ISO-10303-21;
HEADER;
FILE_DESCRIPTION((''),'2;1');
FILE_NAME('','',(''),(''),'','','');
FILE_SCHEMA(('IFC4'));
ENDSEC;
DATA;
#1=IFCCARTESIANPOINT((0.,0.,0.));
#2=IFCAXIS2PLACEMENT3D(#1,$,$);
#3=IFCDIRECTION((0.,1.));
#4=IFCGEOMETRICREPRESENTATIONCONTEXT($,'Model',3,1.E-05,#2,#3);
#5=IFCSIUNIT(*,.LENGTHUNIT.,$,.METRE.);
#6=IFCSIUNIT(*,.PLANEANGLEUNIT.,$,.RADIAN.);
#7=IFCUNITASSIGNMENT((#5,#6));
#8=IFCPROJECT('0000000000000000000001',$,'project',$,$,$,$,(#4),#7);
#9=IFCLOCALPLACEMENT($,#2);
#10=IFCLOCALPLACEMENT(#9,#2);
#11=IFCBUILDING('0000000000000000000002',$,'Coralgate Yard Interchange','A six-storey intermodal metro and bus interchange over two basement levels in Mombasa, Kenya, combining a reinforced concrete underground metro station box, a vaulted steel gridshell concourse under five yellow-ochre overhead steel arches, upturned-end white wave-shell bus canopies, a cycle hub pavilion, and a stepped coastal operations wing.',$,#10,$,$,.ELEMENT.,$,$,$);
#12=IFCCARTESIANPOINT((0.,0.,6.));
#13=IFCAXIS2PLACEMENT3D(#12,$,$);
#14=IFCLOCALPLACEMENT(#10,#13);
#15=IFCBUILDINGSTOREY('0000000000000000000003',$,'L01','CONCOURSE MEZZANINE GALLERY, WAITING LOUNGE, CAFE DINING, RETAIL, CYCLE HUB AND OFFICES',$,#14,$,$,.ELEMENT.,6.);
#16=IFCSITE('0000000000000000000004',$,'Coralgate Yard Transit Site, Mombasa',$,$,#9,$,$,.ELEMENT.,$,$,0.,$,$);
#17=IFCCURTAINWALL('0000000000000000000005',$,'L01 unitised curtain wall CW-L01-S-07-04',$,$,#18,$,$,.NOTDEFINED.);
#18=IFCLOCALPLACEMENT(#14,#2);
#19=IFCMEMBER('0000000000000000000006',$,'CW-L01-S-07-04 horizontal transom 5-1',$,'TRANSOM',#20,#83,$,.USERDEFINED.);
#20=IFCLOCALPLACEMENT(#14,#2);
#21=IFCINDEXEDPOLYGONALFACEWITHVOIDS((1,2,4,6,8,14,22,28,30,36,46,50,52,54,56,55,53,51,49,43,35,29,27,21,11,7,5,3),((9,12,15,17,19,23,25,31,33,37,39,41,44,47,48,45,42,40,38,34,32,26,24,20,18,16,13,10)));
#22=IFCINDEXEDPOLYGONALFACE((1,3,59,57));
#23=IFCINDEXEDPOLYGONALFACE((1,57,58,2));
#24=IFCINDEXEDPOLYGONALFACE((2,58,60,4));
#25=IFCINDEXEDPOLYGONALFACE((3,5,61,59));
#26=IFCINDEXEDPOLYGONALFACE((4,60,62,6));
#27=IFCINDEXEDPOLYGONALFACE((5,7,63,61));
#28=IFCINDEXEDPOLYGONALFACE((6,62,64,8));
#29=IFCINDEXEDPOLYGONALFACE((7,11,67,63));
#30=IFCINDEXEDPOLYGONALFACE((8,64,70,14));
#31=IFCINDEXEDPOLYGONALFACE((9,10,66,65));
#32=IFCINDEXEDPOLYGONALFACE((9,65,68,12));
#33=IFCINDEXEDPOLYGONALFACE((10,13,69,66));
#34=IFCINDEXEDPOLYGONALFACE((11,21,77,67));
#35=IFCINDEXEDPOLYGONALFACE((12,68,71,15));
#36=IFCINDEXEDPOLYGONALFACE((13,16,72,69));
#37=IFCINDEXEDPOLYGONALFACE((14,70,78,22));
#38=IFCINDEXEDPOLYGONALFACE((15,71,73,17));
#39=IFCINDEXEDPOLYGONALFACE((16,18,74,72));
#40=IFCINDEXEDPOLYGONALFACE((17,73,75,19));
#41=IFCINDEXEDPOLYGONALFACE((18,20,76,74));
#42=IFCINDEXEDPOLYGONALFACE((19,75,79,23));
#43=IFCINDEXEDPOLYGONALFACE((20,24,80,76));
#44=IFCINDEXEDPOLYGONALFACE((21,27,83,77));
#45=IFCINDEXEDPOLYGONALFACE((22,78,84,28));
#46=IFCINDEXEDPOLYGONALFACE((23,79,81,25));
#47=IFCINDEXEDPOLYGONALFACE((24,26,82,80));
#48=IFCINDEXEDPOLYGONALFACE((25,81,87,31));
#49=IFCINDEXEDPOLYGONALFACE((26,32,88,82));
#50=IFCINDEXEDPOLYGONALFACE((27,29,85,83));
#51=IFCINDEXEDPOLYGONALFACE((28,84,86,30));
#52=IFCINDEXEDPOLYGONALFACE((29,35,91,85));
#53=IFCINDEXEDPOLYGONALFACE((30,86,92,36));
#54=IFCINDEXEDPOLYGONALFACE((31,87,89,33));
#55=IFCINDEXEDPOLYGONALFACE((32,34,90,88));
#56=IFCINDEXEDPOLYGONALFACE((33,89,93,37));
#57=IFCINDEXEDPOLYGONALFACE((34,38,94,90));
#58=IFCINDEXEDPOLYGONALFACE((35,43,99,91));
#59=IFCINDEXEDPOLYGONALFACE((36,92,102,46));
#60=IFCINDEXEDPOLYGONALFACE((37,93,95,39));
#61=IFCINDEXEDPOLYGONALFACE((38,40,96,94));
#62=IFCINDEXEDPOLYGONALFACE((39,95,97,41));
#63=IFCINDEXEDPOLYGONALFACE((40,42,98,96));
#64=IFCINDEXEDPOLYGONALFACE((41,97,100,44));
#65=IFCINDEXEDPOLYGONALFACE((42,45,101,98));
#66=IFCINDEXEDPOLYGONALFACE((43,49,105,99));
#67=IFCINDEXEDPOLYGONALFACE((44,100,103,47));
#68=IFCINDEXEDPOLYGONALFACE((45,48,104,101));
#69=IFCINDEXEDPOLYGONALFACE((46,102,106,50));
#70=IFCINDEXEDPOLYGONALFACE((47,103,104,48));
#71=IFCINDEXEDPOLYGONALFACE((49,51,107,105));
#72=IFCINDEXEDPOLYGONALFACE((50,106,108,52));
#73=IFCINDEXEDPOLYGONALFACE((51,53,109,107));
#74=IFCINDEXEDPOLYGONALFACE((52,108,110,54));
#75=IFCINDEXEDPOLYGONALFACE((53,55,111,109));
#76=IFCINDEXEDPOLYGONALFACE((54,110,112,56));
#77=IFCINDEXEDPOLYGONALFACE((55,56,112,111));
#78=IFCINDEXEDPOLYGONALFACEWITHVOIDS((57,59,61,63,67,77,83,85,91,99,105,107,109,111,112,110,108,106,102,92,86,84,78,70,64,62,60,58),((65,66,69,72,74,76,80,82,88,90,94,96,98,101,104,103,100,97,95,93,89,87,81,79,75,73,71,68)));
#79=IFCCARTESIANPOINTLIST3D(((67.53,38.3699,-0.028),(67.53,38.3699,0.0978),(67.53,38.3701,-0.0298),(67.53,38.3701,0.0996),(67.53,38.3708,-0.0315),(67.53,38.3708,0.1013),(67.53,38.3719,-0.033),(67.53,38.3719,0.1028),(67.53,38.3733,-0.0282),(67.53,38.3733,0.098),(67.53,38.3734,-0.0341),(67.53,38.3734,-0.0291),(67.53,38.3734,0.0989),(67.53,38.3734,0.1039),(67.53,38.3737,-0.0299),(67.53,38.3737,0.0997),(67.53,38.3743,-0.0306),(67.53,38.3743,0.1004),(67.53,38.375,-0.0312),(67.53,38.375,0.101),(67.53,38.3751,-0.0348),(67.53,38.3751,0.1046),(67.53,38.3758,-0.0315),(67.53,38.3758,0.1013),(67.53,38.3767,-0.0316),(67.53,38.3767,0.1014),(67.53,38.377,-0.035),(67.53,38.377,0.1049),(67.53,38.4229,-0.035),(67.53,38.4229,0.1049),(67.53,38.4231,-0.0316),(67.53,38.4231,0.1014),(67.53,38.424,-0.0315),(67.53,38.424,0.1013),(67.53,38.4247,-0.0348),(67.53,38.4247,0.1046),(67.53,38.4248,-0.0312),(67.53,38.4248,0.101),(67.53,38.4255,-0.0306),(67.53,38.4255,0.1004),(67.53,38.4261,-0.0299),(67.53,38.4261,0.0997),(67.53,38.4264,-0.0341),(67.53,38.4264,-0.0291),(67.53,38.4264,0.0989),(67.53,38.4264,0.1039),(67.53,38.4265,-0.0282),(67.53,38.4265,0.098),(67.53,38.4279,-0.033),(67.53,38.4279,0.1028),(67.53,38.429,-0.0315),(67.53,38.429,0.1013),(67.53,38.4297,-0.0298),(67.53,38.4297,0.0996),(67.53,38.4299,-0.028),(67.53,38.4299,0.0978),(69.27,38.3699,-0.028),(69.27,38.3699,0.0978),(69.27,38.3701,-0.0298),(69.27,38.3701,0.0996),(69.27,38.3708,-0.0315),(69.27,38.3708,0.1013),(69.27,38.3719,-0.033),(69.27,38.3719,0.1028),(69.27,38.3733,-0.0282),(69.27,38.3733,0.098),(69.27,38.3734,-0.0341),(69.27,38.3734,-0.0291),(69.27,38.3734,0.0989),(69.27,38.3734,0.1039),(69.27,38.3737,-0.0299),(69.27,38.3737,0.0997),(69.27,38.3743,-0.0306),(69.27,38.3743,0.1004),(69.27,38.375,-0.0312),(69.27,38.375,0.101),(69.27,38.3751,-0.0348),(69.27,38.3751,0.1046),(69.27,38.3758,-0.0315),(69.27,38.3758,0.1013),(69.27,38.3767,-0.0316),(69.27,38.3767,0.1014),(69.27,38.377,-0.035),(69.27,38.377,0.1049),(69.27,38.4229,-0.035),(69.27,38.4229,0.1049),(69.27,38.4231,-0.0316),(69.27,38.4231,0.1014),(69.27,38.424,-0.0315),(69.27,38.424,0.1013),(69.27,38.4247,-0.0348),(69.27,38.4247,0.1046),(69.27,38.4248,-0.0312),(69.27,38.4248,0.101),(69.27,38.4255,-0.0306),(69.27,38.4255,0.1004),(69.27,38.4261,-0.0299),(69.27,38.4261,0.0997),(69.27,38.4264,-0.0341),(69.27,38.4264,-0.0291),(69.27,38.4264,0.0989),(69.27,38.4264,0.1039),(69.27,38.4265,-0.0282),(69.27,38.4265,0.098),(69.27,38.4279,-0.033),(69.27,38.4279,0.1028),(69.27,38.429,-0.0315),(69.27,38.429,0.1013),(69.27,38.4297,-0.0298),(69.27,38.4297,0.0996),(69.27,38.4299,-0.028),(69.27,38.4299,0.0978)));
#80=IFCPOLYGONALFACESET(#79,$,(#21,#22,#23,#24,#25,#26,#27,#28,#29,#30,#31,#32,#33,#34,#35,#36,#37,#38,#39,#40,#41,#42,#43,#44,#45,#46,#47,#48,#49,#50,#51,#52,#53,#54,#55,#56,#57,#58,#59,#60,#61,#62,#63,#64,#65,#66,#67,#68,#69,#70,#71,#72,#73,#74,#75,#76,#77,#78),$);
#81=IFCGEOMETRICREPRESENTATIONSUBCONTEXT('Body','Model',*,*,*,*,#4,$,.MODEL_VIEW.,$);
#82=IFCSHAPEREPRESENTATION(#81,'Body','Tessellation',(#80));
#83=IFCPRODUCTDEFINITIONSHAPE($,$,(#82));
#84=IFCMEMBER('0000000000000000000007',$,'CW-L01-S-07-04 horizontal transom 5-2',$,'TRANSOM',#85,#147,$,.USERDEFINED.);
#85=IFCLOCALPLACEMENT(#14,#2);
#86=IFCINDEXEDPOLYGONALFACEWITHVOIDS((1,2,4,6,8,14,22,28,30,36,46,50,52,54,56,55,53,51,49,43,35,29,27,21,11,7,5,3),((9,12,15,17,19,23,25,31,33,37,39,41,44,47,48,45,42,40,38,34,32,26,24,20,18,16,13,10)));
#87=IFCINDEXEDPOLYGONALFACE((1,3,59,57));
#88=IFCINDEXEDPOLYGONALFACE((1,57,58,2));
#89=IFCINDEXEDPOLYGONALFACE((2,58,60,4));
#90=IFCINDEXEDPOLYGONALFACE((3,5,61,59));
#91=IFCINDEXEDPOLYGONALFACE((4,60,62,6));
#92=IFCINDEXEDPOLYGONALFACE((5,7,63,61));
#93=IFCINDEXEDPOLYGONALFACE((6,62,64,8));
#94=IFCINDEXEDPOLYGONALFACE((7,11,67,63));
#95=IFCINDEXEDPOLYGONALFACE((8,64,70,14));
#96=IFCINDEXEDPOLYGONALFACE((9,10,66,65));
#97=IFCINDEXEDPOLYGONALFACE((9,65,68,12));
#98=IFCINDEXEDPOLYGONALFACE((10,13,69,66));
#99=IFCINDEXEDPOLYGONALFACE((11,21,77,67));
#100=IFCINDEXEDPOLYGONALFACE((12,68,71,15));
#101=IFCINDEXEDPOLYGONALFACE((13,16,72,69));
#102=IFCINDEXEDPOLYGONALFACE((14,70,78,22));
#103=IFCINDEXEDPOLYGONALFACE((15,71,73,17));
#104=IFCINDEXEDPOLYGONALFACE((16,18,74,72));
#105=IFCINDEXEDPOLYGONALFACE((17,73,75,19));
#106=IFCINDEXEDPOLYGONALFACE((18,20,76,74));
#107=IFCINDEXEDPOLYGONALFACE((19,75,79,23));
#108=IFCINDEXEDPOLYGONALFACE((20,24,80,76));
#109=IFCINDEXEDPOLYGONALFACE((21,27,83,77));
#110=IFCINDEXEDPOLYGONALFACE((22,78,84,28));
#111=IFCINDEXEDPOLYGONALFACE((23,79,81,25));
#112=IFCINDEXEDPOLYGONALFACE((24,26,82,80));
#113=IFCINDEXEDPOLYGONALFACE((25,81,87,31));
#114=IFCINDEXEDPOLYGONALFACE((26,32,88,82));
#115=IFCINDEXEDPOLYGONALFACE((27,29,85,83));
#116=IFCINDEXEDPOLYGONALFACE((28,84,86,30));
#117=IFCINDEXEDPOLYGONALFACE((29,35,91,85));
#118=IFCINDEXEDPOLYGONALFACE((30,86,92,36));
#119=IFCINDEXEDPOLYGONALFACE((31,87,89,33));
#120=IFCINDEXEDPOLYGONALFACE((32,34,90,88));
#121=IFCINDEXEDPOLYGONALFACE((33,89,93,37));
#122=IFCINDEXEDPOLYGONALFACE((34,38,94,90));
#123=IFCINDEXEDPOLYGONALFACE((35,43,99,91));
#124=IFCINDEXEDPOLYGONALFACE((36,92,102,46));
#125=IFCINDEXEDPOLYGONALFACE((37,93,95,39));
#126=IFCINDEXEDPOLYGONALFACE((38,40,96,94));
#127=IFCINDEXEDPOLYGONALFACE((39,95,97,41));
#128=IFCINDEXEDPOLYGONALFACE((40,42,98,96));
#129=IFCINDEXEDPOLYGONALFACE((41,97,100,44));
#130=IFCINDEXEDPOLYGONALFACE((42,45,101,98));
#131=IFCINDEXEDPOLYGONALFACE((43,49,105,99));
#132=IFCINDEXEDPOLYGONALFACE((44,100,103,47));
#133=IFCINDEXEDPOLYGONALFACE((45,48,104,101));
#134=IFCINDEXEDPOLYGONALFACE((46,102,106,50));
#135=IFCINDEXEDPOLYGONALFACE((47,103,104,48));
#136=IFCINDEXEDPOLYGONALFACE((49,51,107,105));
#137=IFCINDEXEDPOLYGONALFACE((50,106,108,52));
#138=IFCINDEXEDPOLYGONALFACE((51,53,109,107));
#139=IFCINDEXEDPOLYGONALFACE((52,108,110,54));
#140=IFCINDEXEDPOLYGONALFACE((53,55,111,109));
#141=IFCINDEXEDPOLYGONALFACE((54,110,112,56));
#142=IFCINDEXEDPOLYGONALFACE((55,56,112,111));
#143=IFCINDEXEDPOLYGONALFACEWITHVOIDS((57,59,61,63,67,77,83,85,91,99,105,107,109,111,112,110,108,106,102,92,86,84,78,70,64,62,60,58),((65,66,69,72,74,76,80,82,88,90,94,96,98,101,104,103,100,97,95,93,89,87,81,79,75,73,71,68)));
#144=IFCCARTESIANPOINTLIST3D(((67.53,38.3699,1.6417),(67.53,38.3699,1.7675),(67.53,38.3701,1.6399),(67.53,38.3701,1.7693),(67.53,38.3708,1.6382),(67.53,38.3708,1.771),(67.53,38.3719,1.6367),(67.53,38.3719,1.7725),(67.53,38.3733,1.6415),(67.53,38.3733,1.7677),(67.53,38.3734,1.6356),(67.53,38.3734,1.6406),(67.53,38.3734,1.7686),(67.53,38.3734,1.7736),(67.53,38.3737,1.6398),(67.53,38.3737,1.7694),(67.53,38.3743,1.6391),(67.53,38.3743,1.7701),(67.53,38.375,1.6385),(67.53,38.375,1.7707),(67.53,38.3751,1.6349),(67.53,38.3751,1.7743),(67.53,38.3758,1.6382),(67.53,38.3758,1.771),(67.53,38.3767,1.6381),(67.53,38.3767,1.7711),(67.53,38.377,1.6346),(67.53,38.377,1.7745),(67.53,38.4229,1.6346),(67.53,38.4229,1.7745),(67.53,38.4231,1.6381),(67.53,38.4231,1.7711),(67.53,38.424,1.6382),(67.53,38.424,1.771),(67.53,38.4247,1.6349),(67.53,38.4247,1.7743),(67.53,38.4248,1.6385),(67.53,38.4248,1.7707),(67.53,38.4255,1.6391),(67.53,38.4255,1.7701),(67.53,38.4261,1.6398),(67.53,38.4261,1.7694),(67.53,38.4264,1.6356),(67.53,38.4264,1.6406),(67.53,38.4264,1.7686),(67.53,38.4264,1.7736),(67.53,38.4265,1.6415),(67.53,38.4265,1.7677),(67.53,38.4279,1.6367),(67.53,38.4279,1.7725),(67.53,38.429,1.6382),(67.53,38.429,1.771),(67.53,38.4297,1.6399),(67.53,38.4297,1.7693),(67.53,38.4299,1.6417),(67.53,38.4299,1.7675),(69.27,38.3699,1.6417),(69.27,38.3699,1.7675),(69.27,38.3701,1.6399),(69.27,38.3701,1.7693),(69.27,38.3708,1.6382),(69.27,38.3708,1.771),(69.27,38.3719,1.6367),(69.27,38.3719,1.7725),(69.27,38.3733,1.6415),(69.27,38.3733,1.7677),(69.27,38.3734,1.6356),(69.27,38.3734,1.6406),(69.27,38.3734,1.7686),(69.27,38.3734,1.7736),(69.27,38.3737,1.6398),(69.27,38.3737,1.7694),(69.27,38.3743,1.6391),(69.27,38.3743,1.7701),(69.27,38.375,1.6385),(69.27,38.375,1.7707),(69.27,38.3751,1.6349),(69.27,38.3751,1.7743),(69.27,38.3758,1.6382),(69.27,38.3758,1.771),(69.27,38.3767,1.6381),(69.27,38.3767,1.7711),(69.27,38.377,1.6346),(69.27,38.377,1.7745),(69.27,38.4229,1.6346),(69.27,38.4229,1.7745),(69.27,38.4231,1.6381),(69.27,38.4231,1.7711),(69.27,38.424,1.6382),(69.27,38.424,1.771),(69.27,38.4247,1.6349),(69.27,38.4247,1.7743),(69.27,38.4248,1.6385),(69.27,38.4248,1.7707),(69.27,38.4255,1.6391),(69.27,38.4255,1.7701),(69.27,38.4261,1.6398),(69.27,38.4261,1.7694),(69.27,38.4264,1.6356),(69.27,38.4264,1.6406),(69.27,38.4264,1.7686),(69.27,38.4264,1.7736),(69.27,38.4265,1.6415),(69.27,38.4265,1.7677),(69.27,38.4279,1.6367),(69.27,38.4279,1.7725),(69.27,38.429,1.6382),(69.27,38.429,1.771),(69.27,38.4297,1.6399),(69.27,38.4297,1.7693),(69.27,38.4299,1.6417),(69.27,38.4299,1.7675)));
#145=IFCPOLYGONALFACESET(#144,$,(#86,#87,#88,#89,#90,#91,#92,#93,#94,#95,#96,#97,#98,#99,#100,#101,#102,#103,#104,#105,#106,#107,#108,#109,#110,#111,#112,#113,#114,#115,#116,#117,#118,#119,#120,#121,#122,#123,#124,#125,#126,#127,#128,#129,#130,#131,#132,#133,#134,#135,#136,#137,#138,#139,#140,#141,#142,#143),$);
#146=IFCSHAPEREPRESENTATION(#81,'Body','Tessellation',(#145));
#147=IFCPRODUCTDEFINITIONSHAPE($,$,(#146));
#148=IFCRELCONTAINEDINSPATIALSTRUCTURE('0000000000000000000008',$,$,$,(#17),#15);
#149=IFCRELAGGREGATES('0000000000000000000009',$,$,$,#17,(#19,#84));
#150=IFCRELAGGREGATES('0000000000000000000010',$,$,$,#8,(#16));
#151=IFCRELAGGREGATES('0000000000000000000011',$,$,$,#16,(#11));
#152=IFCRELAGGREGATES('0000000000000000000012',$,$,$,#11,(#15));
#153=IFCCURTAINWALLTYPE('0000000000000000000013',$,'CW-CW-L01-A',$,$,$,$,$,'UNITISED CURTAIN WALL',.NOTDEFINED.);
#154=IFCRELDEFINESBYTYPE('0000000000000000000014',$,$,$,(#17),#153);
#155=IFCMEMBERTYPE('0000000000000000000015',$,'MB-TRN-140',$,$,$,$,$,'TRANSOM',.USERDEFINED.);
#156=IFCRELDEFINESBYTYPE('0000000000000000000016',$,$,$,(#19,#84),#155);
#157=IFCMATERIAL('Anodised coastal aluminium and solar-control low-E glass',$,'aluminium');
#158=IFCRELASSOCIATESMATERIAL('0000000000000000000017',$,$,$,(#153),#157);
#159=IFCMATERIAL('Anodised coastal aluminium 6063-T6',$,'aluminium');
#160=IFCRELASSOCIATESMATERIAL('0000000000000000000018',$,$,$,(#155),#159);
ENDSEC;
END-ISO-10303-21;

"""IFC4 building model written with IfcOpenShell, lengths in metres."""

from ifc_helpers import new_model, si_unit, direction, frame, origin, origin_2d, place, context, subcontext, project, spatial, hollow_rectangle, extrude, material, material_profile, profile_set, type_object, element, aggregate, save


model = new_model("IFC4")

# Units and contexts
model_context = context("Model", 3, precision=1e-05, world=origin(), true_north=direction((0.0, 1.0)))
body_context = subcontext(model_context, "Body", "Model", "MODEL_VIEW")
ifc_project = project(units=[si_unit("LENGTHUNIT", "METRE"), si_unit("PLANEANGLEUNIT", "RADIAN")], contexts=[model_context])

# Site, building, storey
site_placement = place(None, origin())
site = spatial("IfcSite", under=ifc_project, at=site_placement, Name="Coralgate Yard Transit Site, Mombasa", CompositionType="ELEMENT", RefElevation=0.0)
building_placement = place(site_placement, origin())
building = spatial("IfcBuilding", under=site, at=building_placement, Name="Coralgate Yard Interchange", Description="A six-storey intermodal metro and bus interchange over two basement levels in Mombasa, Kenya, combining a reinforced concrete underground metro station box, a vaulted steel gridshell concourse under five yellow-ochre overhead steel arches, upturned-end white wave-shell bus canopies, a cycle hub pavilion, and a stepped coastal operations wing.", CompositionType="ELEMENT")
storey_placement = place(building_placement, frame((0.0, 0.0, 6.0)))
storey = spatial("IfcBuildingStorey", under=building, at=storey_placement, Name="L01", Description="CONCOURSE MEZZANINE GALLERY, WAITING LOUNGE, CAFE DINING, RETAIL, CYCLE HUB AND OFFICES", CompositionType="ELEMENT", Elevation=6.0)

# Shared definitions
ifc_material_1 = material(Name="Anodised coastal aluminium and solar-control low-E glass", Category="aluminium")
curtain_wall_type = type_object("IfcCurtainWallType", Name="CW-CW-L01-A", ElementType="UNITISED CURTAIN WALL", PredefinedType="NOTDEFINED", material=ifc_material_1)
ifc_material_2 = material(Name="Anodised coastal aluminium 6063-T6", Category="aluminium")

# Curtain wall
curtain_wall_1_placement = place(storey_placement, origin())
curtain_wall_1 = element("IfcCurtainWall", 1, at=curtain_wall_1_placement, inside=storey, type_object=curtain_wall_type, Name="L01 unitised curtain wall CW-L01-S-07-04", PredefinedType="NOTDEFINED")

# Members
ifc_material_profile_1 = material_profile(ifc_material_2, hollow_rectangle(XDim=0.0601, YDim=0.1399, WallThickness=0.0034, InnerFilletRadius=0.0034, OuterFilletRadius=0.0071, at=origin_2d()), Name="ALU 60x140x3.5")
ifc_profile_set_1 = profile_set([ifc_material_profile_1], Name="Anodised coastal aluminium 6063-T6")
member_type_1 = type_object("IfcMemberType", Name="MB-TRN-140", ElementType="TRANSOM", PredefinedType="USERDEFINED", material=ifc_profile_set_1)
member_1_placement = place(storey_placement, frame((69.27, 38.3999, 0.0349), z_axis=(-1.0, 0.0, 0.0), x_axis=(0.0, -1.0, 0.0)))
member_1 = element("IfcMember", 2, at=member_1_placement, type_object=member_type_1, Name="CW-L01-S-07-04 horizontal transom 5-1", ObjectType="TRANSOM", PredefinedType="USERDEFINED", context=body_context, shape_type="SweptSolid", body=[
    extrude(hollow_rectangle(XDim=0.0601, YDim=0.1399, WallThickness=0.0034, InnerFilletRadius=0.0034, OuterFilletRadius=0.0071, at=origin_2d()), origin(), (0.0, 0.0, 1.0), 1.74),
])
member_2_placement = place(storey_placement, frame((69.27, 38.3999, 1.7046), z_axis=(-1.0, 0.0, 0.0), x_axis=(0.0, -1.0, 0.0)))
member_2 = element("IfcMember", 3, at=member_2_placement, type_object=member_type_1, Name="CW-L01-S-07-04 horizontal transom 5-2", ObjectType="TRANSOM", PredefinedType="USERDEFINED", context=body_context, shape_type="SweptSolid", body=[
    extrude(hollow_rectangle(XDim=0.0601, YDim=0.1399, WallThickness=0.0034, InnerFilletRadius=0.0034, OuterFilletRadius=0.0071, at=origin_2d()), origin(), (0.0, 0.0, 1.0), 1.74),
])

aggregate(curtain_wall_1, [member_1, member_2])

save(model, "model.ifc")
